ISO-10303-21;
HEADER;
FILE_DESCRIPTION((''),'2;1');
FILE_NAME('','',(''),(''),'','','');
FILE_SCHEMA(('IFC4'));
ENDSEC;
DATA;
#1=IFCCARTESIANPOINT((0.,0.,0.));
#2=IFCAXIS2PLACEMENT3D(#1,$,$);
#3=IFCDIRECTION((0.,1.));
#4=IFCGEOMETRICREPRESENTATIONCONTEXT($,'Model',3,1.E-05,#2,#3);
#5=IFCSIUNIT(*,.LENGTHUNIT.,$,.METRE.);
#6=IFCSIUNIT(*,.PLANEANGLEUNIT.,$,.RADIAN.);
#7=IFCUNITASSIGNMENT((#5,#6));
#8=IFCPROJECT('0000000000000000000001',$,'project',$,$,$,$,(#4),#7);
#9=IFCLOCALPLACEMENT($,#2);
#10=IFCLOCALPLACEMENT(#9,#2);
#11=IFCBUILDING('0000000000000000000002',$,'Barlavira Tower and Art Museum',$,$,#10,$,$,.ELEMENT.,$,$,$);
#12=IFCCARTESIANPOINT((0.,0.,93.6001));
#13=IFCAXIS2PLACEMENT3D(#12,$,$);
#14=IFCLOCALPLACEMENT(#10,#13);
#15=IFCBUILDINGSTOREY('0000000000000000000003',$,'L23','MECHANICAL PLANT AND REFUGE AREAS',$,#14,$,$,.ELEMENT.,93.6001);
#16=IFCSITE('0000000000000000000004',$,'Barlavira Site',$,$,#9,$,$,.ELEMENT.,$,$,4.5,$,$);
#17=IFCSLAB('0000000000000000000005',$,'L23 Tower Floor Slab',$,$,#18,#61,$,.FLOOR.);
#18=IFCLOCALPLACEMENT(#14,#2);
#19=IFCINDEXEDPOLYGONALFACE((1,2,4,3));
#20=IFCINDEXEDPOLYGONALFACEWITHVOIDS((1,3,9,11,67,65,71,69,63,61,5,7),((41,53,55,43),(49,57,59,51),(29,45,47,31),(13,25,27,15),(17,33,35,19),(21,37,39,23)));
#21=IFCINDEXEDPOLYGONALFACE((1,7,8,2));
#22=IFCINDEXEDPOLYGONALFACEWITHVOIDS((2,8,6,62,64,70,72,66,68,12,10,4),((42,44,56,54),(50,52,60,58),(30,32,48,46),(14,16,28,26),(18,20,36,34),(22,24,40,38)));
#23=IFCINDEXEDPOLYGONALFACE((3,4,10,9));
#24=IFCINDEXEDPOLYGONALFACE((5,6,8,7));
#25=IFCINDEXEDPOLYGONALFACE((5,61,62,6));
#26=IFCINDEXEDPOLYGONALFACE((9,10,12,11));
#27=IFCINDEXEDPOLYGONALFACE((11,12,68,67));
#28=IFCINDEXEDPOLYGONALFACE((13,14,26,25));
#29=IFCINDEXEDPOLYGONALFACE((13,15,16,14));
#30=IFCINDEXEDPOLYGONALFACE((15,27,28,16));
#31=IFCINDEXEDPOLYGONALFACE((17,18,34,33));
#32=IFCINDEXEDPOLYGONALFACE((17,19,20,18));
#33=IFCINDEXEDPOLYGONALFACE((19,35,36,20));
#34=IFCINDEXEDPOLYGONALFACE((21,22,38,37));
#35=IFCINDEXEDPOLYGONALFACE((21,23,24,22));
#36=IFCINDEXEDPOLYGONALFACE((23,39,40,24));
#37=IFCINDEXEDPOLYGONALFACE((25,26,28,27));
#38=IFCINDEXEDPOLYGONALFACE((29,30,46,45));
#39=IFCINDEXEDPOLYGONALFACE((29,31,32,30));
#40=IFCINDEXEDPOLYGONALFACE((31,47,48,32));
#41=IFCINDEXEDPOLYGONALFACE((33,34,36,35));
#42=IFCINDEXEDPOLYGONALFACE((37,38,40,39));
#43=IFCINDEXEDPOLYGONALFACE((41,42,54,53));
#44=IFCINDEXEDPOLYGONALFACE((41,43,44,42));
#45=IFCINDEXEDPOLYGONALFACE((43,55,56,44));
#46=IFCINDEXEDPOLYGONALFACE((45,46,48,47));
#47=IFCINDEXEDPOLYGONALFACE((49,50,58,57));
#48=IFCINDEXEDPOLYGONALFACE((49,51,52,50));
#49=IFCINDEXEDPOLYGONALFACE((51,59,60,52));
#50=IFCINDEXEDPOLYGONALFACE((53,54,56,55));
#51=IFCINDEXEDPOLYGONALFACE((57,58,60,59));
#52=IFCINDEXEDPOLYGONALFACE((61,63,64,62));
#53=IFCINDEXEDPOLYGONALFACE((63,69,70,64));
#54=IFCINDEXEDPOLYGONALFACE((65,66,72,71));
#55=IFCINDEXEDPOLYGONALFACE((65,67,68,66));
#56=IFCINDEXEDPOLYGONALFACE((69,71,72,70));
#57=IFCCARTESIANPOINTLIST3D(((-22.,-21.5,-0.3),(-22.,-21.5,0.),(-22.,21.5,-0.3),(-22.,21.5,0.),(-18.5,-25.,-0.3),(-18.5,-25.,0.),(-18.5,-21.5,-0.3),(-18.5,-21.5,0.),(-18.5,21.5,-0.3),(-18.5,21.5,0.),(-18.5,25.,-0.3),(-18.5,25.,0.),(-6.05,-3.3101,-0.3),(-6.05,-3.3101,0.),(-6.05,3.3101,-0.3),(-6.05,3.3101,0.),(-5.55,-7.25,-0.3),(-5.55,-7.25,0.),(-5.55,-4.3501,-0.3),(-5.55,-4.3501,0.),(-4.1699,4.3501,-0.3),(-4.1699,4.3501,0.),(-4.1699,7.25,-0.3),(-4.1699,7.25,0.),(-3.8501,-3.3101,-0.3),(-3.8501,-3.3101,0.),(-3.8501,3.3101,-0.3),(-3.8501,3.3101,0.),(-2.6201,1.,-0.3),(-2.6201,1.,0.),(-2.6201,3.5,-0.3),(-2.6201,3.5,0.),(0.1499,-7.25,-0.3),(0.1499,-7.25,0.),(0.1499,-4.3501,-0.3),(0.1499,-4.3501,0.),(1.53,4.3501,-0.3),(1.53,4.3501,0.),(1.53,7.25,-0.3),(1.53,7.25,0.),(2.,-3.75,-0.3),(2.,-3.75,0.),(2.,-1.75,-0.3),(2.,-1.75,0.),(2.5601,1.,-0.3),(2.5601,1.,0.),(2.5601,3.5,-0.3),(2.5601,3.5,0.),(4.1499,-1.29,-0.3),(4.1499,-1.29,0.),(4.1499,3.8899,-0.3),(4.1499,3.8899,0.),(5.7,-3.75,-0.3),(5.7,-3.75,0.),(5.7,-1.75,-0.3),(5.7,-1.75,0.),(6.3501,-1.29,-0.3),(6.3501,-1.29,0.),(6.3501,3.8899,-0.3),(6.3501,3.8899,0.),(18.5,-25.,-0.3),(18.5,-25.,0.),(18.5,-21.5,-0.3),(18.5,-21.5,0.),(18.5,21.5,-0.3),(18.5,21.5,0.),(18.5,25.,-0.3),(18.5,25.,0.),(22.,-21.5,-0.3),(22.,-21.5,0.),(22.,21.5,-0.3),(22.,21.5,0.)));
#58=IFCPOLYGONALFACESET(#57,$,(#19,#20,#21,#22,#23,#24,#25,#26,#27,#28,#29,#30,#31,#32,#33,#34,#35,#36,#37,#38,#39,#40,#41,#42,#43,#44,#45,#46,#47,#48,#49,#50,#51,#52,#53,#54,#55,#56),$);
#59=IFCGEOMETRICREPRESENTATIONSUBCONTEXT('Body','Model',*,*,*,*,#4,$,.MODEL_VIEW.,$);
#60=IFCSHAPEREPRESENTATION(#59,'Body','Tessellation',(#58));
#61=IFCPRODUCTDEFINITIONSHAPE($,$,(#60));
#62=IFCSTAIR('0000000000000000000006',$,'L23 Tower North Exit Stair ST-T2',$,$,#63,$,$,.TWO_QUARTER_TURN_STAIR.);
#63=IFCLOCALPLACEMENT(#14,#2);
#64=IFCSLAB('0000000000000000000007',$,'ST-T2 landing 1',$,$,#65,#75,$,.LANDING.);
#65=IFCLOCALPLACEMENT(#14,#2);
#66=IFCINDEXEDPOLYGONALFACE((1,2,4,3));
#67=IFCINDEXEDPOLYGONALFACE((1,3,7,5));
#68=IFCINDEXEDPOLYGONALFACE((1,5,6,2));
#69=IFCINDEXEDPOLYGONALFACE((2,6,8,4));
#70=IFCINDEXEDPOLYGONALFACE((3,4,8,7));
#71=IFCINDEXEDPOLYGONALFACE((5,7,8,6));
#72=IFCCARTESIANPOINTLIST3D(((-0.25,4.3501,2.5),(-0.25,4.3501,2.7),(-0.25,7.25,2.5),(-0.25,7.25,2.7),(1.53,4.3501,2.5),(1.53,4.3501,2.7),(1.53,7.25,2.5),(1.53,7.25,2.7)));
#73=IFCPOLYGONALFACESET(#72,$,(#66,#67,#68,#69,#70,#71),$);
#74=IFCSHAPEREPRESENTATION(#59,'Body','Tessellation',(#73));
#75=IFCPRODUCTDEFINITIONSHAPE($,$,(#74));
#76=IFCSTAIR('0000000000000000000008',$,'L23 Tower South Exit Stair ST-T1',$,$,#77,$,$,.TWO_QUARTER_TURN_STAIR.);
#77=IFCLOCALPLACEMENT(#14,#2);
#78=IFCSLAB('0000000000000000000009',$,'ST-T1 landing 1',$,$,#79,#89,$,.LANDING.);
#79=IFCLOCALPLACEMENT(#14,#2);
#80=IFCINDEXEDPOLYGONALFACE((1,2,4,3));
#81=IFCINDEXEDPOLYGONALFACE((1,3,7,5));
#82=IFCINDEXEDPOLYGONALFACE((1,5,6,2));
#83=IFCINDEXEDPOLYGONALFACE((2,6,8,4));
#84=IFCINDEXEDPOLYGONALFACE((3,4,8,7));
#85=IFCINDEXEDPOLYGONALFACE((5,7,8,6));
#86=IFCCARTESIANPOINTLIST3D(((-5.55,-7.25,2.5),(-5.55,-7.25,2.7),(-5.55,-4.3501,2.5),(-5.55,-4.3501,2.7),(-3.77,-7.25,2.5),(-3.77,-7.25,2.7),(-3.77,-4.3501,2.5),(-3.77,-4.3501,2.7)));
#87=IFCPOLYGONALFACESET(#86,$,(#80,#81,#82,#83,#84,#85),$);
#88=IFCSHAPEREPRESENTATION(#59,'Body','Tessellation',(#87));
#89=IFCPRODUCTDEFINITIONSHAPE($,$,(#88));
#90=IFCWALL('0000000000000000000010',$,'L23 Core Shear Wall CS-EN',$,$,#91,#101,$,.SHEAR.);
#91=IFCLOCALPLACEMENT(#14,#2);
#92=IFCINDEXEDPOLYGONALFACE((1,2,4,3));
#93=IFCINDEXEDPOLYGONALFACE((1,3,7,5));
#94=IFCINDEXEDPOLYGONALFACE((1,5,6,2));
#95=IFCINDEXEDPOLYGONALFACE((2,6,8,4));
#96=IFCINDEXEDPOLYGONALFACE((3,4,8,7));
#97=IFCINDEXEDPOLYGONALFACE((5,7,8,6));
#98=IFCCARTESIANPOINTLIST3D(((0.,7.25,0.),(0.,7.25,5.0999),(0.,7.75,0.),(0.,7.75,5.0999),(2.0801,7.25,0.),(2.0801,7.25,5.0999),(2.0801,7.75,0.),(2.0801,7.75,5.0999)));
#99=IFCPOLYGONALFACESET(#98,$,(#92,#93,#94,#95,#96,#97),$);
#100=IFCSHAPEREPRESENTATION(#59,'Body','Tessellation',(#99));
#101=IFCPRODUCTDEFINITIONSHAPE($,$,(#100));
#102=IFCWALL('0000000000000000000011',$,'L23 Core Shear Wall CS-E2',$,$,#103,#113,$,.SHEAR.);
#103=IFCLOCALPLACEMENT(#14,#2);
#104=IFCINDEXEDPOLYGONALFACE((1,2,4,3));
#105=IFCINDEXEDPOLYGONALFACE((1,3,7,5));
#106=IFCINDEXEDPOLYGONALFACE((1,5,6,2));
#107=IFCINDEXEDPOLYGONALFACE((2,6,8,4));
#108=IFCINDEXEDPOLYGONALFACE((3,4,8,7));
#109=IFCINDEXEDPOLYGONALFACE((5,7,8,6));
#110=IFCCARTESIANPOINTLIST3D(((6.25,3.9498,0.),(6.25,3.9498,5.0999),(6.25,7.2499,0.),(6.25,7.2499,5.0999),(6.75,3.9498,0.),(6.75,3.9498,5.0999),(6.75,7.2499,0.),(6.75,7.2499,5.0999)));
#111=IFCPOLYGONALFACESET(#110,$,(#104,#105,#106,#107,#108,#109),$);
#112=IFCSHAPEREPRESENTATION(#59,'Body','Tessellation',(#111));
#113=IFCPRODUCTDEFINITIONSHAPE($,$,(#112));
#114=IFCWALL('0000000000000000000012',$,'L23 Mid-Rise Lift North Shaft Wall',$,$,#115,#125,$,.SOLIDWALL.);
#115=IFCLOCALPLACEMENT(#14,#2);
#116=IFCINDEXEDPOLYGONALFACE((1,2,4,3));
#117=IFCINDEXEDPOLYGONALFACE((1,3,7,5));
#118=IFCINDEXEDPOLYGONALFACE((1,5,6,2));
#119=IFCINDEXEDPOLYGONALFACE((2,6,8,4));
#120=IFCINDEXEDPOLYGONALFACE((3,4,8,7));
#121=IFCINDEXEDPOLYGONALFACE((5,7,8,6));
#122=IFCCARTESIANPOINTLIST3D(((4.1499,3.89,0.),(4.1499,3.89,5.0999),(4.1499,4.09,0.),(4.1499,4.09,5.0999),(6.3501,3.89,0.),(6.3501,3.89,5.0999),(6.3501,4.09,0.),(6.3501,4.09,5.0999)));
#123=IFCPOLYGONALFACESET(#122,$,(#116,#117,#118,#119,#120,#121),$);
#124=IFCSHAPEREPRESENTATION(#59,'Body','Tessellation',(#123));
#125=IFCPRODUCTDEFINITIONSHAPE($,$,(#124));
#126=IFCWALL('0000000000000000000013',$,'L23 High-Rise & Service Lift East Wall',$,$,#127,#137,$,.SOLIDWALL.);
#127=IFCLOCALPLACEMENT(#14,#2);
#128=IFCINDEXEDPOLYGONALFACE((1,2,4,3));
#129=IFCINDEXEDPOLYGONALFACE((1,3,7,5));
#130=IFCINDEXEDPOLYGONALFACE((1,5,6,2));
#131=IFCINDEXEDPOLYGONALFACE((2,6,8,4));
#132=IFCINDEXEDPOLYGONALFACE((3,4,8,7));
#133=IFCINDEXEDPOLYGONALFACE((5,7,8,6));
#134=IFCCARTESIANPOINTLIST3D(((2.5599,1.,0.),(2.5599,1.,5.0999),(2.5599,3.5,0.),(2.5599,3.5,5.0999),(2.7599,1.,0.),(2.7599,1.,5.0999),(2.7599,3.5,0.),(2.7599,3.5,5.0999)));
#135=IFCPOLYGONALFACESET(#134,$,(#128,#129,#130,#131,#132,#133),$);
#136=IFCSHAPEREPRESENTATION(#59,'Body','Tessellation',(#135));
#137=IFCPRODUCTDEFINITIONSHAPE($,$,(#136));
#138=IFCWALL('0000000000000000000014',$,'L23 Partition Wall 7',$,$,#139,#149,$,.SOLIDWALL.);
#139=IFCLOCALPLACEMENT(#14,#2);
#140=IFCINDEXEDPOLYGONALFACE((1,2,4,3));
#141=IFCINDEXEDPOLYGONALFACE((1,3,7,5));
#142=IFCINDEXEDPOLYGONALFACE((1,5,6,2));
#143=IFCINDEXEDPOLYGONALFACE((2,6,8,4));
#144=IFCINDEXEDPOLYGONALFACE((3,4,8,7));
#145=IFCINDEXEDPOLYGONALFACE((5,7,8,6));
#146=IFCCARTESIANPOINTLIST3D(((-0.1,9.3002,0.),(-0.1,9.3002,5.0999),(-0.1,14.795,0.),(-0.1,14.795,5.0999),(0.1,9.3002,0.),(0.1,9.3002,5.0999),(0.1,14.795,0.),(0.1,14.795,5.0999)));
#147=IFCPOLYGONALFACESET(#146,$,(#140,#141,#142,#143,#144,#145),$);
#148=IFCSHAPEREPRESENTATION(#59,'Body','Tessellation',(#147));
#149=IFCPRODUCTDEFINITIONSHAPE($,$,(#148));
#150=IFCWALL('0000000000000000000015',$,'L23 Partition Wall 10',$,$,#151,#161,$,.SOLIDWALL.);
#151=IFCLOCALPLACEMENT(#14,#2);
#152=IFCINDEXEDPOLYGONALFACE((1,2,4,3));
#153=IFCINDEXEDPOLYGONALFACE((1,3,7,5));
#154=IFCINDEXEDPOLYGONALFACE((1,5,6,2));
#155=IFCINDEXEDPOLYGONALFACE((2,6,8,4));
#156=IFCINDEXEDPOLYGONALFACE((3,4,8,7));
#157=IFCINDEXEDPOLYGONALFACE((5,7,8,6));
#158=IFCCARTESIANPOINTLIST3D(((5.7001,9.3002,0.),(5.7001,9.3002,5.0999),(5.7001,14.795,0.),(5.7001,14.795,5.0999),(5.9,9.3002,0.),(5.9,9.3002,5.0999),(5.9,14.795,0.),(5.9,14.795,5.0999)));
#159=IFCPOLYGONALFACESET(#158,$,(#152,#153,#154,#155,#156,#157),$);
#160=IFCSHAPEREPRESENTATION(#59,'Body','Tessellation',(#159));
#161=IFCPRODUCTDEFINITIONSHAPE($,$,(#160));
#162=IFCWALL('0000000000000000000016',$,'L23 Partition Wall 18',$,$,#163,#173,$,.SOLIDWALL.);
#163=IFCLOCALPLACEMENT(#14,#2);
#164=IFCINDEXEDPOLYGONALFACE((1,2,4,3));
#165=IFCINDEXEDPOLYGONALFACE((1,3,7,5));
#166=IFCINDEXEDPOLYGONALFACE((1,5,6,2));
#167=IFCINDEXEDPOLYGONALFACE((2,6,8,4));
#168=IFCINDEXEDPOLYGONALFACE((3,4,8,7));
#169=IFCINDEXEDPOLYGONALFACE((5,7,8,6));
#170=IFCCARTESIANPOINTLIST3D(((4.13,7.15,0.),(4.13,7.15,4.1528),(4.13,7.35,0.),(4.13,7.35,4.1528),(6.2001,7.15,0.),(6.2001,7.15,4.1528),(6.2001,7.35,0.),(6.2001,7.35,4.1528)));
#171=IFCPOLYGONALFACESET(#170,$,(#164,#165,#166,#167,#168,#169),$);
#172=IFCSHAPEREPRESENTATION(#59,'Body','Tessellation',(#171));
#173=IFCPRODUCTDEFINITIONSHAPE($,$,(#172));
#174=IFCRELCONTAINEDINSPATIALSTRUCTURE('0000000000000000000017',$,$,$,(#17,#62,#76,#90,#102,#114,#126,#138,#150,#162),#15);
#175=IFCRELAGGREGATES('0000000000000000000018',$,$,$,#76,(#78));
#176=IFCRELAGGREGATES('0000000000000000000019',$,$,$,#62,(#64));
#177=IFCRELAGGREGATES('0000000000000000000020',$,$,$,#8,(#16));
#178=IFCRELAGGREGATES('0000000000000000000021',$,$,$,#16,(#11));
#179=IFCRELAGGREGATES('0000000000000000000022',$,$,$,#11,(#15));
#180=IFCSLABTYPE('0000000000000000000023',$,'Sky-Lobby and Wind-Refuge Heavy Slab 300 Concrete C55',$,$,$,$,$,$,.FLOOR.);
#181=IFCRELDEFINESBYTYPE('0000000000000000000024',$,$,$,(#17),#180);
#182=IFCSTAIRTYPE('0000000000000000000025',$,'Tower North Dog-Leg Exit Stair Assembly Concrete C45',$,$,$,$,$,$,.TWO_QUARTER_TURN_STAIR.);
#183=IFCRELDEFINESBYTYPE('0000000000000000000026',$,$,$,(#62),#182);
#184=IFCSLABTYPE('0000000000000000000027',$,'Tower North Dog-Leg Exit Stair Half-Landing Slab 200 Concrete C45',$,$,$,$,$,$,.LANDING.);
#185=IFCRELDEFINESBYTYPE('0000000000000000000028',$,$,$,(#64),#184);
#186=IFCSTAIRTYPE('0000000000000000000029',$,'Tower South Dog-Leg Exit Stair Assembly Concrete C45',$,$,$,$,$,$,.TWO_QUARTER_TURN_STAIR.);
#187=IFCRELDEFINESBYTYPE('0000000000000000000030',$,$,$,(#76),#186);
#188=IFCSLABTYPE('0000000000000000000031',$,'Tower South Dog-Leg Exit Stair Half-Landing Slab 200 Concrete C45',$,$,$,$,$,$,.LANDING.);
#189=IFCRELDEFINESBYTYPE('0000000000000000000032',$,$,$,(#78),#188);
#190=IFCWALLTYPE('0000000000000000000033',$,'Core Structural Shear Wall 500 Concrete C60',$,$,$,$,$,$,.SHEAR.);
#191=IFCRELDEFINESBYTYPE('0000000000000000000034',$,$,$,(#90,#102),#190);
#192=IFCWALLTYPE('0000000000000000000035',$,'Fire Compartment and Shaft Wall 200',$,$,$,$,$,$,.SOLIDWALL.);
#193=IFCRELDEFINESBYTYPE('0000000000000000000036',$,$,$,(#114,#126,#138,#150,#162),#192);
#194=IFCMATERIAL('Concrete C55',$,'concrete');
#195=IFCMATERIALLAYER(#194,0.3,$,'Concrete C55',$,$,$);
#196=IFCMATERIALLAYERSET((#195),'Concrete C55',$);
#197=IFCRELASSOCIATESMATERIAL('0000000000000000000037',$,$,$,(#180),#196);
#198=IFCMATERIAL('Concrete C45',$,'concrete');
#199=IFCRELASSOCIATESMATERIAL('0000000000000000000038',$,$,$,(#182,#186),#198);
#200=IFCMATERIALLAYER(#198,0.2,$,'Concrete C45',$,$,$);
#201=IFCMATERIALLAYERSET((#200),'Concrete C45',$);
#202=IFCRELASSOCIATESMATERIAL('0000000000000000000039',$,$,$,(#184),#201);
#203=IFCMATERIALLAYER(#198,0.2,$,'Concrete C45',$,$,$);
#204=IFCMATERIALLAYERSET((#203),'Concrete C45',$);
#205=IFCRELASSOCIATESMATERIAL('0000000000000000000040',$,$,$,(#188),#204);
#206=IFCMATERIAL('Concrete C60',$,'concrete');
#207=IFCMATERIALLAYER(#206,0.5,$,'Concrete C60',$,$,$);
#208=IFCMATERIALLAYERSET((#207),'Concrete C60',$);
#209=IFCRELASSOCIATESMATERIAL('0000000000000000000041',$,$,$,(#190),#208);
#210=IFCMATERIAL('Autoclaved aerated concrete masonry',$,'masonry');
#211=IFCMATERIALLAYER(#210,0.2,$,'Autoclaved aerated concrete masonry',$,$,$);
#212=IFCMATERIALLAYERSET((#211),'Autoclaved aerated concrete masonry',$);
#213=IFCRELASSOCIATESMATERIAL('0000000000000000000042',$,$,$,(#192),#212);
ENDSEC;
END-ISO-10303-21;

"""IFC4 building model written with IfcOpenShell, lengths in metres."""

from ifc_helpers import new_model, si_unit, direction, frame, frame_2d, origin, place, context, subcontext, project, spatial, polyline, rectangle, outline, extrude, material, layer, layer_set, type_object, element, aggregate, save


model = new_model("IFC4")

# Units and contexts
model_context = context("Model", 3, precision=1e-05, world=origin(), true_north=direction((0.0, 1.0)))
body_context = subcontext(model_context, "Body", "Model", "MODEL_VIEW")
ifc_project = project(units=[si_unit("LENGTHUNIT", "METRE"), si_unit("PLANEANGLEUNIT", "RADIAN")], contexts=[model_context])

# Site, building, storey
site_placement = place(None, origin())
site = spatial("IfcSite", under=ifc_project, at=site_placement, Name="Barlavira Site", CompositionType="ELEMENT", RefElevation=4.5)
building_placement = place(site_placement, origin())
building = spatial("IfcBuilding", under=site, at=building_placement, Name="Barlavira Tower and Art Museum", CompositionType="ELEMENT")
storey_placement = place(building_placement, frame((0.0, 0.0, 93.6001)))
storey = spatial("IfcBuildingStorey", under=building, at=storey_placement, Name="L23", Description="MECHANICAL PLANT AND REFUGE AREAS", CompositionType="ELEMENT", Elevation=93.6001)

# Slab
ifc_material_1 = material(Name="Concrete C55", Category="concrete")
ifc_layer_1 = layer(ifc_material_1, 0.3, Name="Concrete C55")
ifc_layer_set_1 = layer_set([ifc_layer_1], Name="Concrete C55")
slab_type_1 = type_object("IfcSlabType", Name="Sky-Lobby and Wind-Refuge Heavy Slab 300 Concrete C55", PredefinedType="FLOOR", material=ifc_layer_set_1)
slab_1_placement = place(storey_placement, frame((0.0, 0.0, -0.3)))
element("IfcSlab", 1, at=slab_1_placement, inside=storey, type_object=slab_type_1, Name="L23 Tower Floor Slab", PredefinedType="FLOOR", context=body_context, shape_type="SweptSolid", body=[
    extrude(outline(polyline([(-18.5, -25.0), (18.5, -25.0), (18.5, -21.5), (22.0, -21.5), (22.0, 21.5), (18.5, 21.5), (18.5, 25.0), (-18.5, 25.0), (-18.5, 21.5), (-22.0, 21.5), (-22.0, -21.5), (-18.5, -21.5), (-18.5, -25.0)]), holes=[polyline([(0.1499, -4.3501), (-5.55, -4.3501), (-5.55, -7.25), (0.1499, -7.25), (0.1499, -4.3501)]), polyline([(-4.1699, 4.3501), (1.53, 4.3501), (1.53, 7.25), (-4.1699, 7.25), (-4.1699, 4.3501)]), polyline([(-6.05, -3.3101), (-3.8501, -3.3101), (-3.8501, 3.3101), (-6.05, 3.3101), (-6.05, -3.3101)]), polyline([(4.1499, -1.29), (6.3501, -1.29), (6.3501, 3.8899), (4.1499, 3.8899), (4.1499, -1.29)]), polyline([(-2.6201, 1.0), (2.5601, 1.0), (2.5601, 3.5), (-2.6201, 3.5), (-2.6201, 1.0)]), polyline([(2.0, -3.75), (5.7, -3.75), (5.7, -1.75), (2.0, -1.75), (2.0, -3.75)])]), origin(), (0.0, 0.0, 1.0), 0.3),
])

# Stairs, slabs
ifc_material_2 = material(Name="Concrete C45", Category="concrete")
stair_type_1 = type_object("IfcStairType", Name="Tower North Dog-Leg Exit Stair Assembly Concrete C45", PredefinedType="TWO_QUARTER_TURN_STAIR", material=ifc_material_2)
stair_1_placement = place(storey_placement, origin())
stair_1 = element("IfcStair", 2, at=stair_1_placement, inside=storey, type_object=stair_type_1, Name="L23 Tower North Exit Stair ST-T2", PredefinedType="TWO_QUARTER_TURN_STAIR")
ifc_layer_2 = layer(ifc_material_2, 0.2, Name="Concrete C45")
ifc_layer_set_2 = layer_set([ifc_layer_2], Name="Concrete C45")
slab_type_2 = type_object("IfcSlabType", Name="Tower North Dog-Leg Exit Stair Half-Landing Slab 200 Concrete C45", PredefinedType="LANDING", material=ifc_layer_set_2)
slab_2_placement = place(storey_placement, frame((0.0, 0.0, 2.5)))
slab_2 = element("IfcSlab", 3, at=slab_2_placement, type_object=slab_type_2, Name="ST-T2 landing 1", PredefinedType="LANDING", context=body_context, shape_type="SweptSolid", body=[
    extrude(outline(polyline([(-0.25, 4.3501), (1.53, 4.3501), (1.53, 7.25), (-0.25, 7.25), (-0.25, 4.3501)])), origin(), (0.0, 0.0, 1.0), 0.2),
])
stair_type_2 = type_object("IfcStairType", Name="Tower South Dog-Leg Exit Stair Assembly Concrete C45", PredefinedType="TWO_QUARTER_TURN_STAIR", material=ifc_material_2)
stair_2_placement = place(storey_placement, origin())
stair_2 = element("IfcStair", 4, at=stair_2_placement, inside=storey, type_object=stair_type_2, Name="L23 Tower South Exit Stair ST-T1", PredefinedType="TWO_QUARTER_TURN_STAIR")
ifc_layer_3 = layer(ifc_material_2, 0.2, Name="Concrete C45")
ifc_layer_set_3 = layer_set([ifc_layer_3], Name="Concrete C45")
slab_type_3 = type_object("IfcSlabType", Name="Tower South Dog-Leg Exit Stair Half-Landing Slab 200 Concrete C45", PredefinedType="LANDING", material=ifc_layer_set_3)
slab_3_placement = place(storey_placement, frame((0.0, 0.0, 2.5)))
slab_3 = element("IfcSlab", 5, at=slab_3_placement, type_object=slab_type_3, Name="ST-T1 landing 1", PredefinedType="LANDING", context=body_context, shape_type="SweptSolid", body=[
    extrude(outline(polyline([(-3.77, -4.3501), (-5.55, -4.3501), (-5.55, -7.25), (-3.77, -7.25), (-3.77, -4.3501)])), origin(), (0.0, 0.0, 1.0), 0.2),
])
aggregate(stair_2, [slab_3])

# Walls
ifc_material_3 = material(Name="Concrete C60", Category="concrete")
ifc_layer_4 = layer(ifc_material_3, 0.5, Name="Concrete C60")
ifc_layer_set_4 = layer_set([ifc_layer_4], Name="Concrete C60")
wall_type_1 = type_object("IfcWallType", Name="Core Structural Shear Wall 500 Concrete C60", PredefinedType="SHEAR", material=ifc_layer_set_4)
wall_1_placement = place(storey_placement, frame((0.0, 7.5, 0.0), z_axis=(0.0, 0.0, 1.0), x_axis=(1.0, 0.0, 0.0)))
element("IfcWall", 6, at=wall_1_placement, inside=storey, type_object=wall_type_1, Name="L23 Core Shear Wall CS-EN", PredefinedType="SHEAR", context=body_context, shape_type="SweptSolid", body=[
    extrude(rectangle(XDim=2.0801, YDim=0.5, at=frame_2d((1.04, 0.0))), origin(), (0.0, 0.0, 1.0), 5.0999),
])
wall_2_placement = place(storey_placement, frame((6.5, 3.95, 0.0), z_axis=(0.0, 0.0, 1.0), x_axis=(0.0, 1.0, 0.0)))
element("IfcWall", 7, at=wall_2_placement, inside=storey, type_object=wall_type_1, Name="L23 Core Shear Wall CS-E2", PredefinedType="SHEAR", context=body_context, shape_type="SweptSolid", body=[
    extrude(rectangle(XDim=3.3, YDim=0.5, at=frame_2d((1.6499, 0.0))), origin(), (0.0, 0.0, 1.0), 5.0999),
])
ifc_material_4 = material(Name="Autoclaved aerated concrete masonry", Category="masonry")
ifc_layer_5 = layer(ifc_material_4, 0.2, Name="Autoclaved aerated concrete masonry")
ifc_layer_set_5 = layer_set([ifc_layer_5], Name="Autoclaved aerated concrete masonry")
wall_type_2 = type_object("IfcWallType", Name="Fire Compartment and Shaft Wall 200", PredefinedType="SOLIDWALL", material=ifc_layer_set_5)
wall_3_placement = place(storey_placement, frame((4.1499, 3.99, 0.0), z_axis=(0.0, 0.0, 1.0), x_axis=(1.0, 0.0, 0.0)))
element("IfcWall", 8, at=wall_3_placement, inside=storey, type_object=wall_type_2, Name="L23 Mid-Rise Lift North Shaft Wall", PredefinedType="SOLIDWALL", context=body_context, shape_type="SweptSolid", body=[
    extrude(rectangle(XDim=2.2002, YDim=0.2, at=frame_2d((1.1001, 0.0))), origin(), (0.0, 0.0, 1.0), 5.0999),
])
wall_4_placement = place(storey_placement, frame((2.6599, 1.0, 0.0), z_axis=(0.0, 0.0, 1.0), x_axis=(0.0, 1.0, 0.0)))
element("IfcWall", 9, at=wall_4_placement, inside=storey, type_object=wall_type_2, Name="L23 High-Rise & Service Lift East Wall", PredefinedType="SOLIDWALL", context=body_context, shape_type="SweptSolid", body=[
    extrude(rectangle(XDim=2.5, YDim=0.2, at=frame_2d((1.25, 0.0))), origin(), (0.0, 0.0, 1.0), 5.0999),
])
wall_5_placement = place(storey_placement, frame((0.0, 9.3, 0.0), z_axis=(0.0, 0.0, 1.0), x_axis=(0.0, 1.0, 0.0)))
element("IfcWall", 10, at=wall_5_placement, inside=storey, type_object=wall_type_2, Name="L23 Partition Wall 7", PredefinedType="SOLIDWALL", context=body_context, shape_type="SweptSolid", body=[
    extrude(rectangle(XDim=5.4949, YDim=0.2, at=frame_2d((2.7476, 0.0))), origin(), (0.0, 0.0, 1.0), 5.0999),
])

# Walls
wall_6_placement = place(storey_placement, frame((5.8, 9.3, 0.0), z_axis=(0.0, 0.0, 1.0), x_axis=(0.0, 1.0, 0.0)))
element("IfcWall", 11, at=wall_6_placement, inside=storey, type_object=wall_type_2, Name="L23 Partition Wall 10", PredefinedType="SOLIDWALL", context=body_context, shape_type="SweptSolid", body=[
    extrude(rectangle(XDim=5.4949, YDim=0.2, at=frame_2d((2.7476, 0.0))), origin(), (0.0, 0.0, 1.0), 5.0999),
])
wall_7_placement = place(storey_placement, frame((4.1299, 7.25, 0.0), z_axis=(0.0, 0.0, 1.0), x_axis=(1.0, 0.0, 0.0)))
element("IfcWall", 12, at=wall_7_placement, inside=storey, type_object=wall_type_2, Name="L23 Partition Wall 18", PredefinedType="SOLIDWALL", context=body_context, shape_type="SweptSolid", body=[
    extrude(rectangle(XDim=2.0701, YDim=0.2, at=frame_2d((1.0352, 0.0))), origin(), (0.0, 0.0, 1.0), 4.1528),
])

aggregate(stair_1, [slab_2])

save(model, "model.ifc")
